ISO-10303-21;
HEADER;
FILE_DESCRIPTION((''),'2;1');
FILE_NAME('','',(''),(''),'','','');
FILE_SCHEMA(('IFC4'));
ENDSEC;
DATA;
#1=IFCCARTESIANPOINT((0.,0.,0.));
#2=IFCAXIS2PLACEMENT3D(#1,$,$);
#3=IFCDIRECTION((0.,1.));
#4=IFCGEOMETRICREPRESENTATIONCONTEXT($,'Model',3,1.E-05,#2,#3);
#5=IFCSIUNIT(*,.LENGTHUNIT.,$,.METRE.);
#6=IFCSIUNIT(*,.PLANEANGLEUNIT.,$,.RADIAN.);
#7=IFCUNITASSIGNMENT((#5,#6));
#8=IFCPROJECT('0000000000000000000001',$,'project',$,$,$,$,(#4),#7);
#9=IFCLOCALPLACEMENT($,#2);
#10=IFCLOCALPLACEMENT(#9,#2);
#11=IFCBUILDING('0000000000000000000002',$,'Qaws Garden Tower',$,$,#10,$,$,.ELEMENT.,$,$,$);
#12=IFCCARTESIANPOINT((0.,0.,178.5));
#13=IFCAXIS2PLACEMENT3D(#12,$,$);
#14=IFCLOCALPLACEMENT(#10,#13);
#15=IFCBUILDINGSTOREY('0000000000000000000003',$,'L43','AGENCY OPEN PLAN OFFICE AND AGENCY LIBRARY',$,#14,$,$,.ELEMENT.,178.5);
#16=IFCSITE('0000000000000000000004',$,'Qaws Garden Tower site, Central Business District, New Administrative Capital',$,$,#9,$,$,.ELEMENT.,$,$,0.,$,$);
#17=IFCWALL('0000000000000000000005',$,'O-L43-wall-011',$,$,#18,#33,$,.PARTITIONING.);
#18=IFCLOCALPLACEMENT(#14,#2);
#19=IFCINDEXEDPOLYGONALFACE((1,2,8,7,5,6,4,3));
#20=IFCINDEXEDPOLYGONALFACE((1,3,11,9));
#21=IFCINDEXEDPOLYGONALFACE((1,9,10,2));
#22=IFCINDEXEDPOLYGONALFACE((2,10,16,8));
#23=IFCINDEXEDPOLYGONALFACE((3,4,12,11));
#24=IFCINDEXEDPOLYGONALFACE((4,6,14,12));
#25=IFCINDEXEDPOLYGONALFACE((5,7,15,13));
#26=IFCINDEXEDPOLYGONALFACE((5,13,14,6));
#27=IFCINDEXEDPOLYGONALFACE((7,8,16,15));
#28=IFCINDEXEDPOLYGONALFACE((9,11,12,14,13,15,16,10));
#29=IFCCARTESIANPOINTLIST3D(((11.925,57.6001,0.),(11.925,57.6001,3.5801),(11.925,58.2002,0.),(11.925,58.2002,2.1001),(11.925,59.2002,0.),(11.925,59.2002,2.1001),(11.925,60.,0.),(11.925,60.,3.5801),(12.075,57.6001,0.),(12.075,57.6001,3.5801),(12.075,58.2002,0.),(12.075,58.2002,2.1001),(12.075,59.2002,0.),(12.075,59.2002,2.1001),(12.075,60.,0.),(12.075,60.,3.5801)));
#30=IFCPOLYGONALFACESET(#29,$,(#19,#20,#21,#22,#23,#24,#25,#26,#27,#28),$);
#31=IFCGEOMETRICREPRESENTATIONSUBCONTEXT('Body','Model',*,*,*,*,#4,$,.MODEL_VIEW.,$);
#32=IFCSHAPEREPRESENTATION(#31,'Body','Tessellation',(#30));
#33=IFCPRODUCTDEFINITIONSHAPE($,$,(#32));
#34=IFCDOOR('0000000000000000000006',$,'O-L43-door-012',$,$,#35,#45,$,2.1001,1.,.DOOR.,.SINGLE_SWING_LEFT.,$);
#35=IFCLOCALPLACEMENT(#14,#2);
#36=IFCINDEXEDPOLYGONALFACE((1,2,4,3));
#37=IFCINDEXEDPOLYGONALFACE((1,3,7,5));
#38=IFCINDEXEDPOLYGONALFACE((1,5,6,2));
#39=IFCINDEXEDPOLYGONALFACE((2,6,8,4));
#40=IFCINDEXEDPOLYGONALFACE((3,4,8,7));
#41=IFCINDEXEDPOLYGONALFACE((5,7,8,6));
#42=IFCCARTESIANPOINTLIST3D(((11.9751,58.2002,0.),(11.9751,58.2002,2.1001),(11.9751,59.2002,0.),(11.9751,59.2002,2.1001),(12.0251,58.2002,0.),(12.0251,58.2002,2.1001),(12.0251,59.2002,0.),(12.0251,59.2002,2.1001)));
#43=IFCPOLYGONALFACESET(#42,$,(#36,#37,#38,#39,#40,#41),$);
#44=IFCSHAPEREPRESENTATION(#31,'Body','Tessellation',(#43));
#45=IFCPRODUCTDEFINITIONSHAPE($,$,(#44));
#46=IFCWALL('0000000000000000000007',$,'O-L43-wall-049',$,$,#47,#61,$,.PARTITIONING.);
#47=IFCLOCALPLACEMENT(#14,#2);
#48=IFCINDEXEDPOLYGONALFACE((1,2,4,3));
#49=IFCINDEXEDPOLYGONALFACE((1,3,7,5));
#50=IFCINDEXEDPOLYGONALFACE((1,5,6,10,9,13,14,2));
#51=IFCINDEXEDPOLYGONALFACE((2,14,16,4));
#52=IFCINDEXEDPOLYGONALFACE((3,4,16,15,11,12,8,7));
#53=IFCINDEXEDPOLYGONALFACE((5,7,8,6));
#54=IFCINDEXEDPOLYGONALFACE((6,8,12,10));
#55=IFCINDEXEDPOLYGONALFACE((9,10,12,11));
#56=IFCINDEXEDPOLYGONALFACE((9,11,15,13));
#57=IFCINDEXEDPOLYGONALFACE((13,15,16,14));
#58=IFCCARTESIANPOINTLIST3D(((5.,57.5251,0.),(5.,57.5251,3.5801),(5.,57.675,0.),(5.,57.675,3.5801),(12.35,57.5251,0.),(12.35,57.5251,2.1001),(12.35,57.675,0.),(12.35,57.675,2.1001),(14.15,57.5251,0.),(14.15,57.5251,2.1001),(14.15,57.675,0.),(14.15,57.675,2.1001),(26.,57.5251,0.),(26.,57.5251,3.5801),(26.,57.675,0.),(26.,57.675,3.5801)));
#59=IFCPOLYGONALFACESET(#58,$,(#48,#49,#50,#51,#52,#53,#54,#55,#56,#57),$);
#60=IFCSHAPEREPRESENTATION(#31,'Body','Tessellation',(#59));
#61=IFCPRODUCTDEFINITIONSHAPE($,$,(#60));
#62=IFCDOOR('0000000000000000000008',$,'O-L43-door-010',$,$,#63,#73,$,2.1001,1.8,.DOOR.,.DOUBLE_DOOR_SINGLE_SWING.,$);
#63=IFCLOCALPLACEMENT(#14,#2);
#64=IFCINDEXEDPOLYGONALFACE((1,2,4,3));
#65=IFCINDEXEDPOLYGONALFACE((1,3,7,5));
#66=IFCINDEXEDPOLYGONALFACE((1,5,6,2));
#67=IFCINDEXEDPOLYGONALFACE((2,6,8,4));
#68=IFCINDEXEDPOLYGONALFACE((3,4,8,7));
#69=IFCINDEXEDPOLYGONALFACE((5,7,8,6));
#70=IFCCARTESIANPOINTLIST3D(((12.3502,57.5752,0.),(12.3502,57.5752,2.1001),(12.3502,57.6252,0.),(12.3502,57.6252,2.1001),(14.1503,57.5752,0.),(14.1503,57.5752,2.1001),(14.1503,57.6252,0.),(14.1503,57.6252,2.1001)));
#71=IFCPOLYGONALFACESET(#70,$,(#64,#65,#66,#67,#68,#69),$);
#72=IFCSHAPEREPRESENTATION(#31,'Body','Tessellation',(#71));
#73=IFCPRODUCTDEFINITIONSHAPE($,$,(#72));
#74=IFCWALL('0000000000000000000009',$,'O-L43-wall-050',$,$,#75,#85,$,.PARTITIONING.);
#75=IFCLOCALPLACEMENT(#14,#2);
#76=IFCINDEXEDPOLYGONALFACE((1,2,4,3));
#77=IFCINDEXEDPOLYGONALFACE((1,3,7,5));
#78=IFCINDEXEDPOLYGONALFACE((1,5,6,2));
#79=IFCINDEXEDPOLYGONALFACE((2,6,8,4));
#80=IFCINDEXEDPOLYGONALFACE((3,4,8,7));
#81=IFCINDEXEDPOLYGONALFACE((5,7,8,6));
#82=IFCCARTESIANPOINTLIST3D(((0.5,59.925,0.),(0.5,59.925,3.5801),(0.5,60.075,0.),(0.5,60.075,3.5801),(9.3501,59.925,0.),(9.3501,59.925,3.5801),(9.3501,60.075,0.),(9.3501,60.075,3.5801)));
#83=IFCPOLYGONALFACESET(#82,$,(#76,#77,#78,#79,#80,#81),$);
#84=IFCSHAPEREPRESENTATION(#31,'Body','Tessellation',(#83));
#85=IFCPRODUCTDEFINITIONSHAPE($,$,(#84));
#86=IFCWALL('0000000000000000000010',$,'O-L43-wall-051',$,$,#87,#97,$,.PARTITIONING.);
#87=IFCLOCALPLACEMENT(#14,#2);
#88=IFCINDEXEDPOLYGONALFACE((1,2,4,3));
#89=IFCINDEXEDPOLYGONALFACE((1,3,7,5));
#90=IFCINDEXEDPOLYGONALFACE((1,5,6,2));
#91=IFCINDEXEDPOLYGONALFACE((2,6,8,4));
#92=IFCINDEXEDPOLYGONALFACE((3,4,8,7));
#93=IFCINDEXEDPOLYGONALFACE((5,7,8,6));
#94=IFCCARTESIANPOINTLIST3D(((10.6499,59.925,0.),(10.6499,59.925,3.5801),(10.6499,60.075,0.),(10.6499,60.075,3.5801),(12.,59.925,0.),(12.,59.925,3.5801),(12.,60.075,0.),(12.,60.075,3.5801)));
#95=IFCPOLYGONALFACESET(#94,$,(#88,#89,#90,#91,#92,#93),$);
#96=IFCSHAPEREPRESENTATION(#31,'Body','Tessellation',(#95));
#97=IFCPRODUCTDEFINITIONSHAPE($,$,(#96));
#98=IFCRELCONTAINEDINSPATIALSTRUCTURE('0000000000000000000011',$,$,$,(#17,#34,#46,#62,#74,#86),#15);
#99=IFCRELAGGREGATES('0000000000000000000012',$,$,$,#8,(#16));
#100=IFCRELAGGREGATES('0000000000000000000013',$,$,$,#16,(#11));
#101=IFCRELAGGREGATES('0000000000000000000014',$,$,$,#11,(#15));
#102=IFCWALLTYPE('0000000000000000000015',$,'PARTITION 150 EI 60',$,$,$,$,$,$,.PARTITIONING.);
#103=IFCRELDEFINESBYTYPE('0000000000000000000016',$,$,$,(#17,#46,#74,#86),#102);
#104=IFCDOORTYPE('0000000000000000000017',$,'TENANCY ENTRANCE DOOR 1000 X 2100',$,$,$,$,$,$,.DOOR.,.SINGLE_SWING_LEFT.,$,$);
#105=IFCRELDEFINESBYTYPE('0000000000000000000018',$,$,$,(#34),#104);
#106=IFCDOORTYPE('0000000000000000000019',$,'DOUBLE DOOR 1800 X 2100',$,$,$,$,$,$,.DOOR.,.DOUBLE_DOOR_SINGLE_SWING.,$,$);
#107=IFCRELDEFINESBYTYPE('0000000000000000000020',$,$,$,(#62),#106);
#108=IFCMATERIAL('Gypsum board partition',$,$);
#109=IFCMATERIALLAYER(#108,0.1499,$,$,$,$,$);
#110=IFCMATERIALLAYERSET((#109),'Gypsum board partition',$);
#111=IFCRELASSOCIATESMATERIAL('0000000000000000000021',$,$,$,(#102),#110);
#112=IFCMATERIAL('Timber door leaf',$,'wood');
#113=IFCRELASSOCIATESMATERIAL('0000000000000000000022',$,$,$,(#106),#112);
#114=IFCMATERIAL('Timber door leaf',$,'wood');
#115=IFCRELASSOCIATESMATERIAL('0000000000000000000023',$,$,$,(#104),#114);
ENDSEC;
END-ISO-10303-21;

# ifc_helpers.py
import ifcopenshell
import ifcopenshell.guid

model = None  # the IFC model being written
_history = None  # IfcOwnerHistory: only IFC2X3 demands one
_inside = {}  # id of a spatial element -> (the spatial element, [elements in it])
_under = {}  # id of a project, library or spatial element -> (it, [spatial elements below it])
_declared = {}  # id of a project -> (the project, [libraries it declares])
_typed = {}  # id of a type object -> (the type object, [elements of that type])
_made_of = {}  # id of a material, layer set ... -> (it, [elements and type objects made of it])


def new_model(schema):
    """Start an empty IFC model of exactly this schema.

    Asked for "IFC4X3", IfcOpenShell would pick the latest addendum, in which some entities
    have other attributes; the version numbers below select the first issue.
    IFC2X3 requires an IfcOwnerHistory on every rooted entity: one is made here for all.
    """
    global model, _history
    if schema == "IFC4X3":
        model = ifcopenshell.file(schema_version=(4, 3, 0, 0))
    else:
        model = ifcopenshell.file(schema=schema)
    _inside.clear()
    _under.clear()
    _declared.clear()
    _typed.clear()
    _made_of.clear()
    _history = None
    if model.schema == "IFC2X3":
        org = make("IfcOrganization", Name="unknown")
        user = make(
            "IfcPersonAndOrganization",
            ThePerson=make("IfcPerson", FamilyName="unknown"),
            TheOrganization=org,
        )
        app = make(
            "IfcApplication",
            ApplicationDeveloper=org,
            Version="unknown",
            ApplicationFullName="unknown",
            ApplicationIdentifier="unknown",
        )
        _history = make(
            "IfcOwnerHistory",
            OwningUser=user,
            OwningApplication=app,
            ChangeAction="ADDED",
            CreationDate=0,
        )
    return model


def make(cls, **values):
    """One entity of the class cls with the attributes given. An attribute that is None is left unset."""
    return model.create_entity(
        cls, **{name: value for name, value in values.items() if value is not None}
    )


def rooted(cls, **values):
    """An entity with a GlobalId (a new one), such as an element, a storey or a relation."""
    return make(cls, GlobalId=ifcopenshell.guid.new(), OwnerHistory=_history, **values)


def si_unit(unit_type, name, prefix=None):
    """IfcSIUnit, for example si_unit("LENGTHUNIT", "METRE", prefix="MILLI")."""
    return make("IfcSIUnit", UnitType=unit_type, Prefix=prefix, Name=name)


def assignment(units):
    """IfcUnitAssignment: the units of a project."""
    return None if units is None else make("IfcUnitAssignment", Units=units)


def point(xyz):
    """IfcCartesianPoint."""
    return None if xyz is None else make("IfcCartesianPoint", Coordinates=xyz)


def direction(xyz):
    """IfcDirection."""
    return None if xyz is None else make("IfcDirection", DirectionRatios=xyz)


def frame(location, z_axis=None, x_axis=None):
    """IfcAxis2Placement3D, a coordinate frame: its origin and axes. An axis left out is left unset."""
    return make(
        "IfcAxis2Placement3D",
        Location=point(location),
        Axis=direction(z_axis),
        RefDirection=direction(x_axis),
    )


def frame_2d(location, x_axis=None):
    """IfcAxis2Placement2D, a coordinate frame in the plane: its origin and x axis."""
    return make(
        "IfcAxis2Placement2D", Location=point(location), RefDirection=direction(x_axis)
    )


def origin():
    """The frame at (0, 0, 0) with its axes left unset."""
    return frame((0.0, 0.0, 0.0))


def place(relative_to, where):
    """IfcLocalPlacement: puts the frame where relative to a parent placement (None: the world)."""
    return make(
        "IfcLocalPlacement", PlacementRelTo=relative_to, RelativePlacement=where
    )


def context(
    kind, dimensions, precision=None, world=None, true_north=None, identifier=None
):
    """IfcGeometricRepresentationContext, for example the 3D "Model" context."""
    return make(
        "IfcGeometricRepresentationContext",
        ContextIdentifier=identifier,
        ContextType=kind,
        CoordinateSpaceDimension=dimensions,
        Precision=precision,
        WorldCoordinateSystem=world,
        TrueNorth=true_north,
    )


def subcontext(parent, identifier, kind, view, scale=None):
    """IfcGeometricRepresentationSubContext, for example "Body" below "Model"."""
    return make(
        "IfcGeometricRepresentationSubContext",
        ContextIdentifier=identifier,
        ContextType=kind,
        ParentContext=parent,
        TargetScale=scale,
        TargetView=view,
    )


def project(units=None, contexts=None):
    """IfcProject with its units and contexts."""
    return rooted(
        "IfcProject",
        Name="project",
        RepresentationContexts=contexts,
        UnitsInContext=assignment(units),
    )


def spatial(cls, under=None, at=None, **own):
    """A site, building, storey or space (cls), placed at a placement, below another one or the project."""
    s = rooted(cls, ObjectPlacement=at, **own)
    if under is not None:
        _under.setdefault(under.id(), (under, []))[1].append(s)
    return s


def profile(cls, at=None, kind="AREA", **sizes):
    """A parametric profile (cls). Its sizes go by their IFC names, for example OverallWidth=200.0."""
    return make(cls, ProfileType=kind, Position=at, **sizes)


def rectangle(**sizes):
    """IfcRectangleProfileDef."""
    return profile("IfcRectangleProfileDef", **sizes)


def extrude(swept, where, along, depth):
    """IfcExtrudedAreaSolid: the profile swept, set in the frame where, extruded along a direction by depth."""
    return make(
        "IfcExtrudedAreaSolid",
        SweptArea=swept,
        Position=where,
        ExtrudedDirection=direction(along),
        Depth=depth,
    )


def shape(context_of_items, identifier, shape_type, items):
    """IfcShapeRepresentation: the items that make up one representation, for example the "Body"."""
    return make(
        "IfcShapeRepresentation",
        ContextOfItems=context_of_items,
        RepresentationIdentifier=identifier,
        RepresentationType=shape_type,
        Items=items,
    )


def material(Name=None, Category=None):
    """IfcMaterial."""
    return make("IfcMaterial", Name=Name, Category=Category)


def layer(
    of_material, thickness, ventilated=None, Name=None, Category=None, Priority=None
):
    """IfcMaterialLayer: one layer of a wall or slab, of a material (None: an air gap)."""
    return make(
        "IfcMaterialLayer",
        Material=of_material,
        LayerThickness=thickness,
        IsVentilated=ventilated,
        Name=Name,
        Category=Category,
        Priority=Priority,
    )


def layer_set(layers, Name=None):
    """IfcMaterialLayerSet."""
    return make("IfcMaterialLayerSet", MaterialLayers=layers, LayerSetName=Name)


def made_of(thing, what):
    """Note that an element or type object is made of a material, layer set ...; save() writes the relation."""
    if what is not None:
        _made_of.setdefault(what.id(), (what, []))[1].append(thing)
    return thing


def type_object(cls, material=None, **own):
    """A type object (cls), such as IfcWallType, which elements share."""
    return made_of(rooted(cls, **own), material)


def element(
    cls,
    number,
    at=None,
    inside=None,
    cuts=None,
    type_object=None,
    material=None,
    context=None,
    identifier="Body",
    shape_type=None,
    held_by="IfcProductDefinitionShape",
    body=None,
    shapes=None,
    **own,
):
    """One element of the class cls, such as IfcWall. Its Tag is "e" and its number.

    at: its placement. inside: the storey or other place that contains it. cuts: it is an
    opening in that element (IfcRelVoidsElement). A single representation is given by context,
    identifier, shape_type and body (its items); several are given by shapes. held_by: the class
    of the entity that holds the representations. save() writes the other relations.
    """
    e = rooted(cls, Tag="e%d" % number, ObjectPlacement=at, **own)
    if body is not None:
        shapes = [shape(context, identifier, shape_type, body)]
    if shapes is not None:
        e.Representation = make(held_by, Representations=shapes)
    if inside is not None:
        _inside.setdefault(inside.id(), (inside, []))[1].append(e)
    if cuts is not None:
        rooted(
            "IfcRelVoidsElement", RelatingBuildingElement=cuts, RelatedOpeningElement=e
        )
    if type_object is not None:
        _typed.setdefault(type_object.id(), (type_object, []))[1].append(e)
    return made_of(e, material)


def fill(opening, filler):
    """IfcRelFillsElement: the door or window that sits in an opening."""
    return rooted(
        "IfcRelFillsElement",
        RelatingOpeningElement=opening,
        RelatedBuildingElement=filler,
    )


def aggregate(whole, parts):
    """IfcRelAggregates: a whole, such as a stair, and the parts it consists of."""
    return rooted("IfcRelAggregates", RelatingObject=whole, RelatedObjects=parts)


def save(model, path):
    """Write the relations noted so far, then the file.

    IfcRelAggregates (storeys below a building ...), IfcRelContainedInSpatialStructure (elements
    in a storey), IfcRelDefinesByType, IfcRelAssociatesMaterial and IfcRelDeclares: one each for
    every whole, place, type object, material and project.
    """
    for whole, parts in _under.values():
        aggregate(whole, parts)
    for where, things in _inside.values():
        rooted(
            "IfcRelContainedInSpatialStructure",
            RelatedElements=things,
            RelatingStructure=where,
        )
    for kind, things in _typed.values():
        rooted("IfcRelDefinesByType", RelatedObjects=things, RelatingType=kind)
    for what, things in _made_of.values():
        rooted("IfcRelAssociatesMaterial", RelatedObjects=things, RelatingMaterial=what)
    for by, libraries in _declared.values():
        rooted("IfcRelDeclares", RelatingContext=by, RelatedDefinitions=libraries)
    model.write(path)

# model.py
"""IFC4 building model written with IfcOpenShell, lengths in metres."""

from ifc_helpers import new_model, si_unit, direction, frame, frame_2d, origin, place, context, subcontext, project, spatial, rectangle, extrude, material, layer, layer_set, type_object, element, fill, save


model = new_model("IFC4")

# Units and contexts
model_context = context("Model", 3, precision=1e-05, world=origin(), true_north=direction((0.0, 1.0)))
body_context = subcontext(model_context, "Body", "Model", "MODEL_VIEW")
ifc_project = project(units=[si_unit("LENGTHUNIT", "METRE"), si_unit("PLANEANGLEUNIT", "RADIAN")], contexts=[model_context])

# Site, building, storey
site_placement = place(None, origin())
site = spatial("IfcSite", under=ifc_project, at=site_placement, Name="Qaws Garden Tower site, Central Business District, New Administrative Capital", CompositionType="ELEMENT", RefElevation=0.0)
building_placement = place(site_placement, origin())
building = spatial("IfcBuilding", under=site, at=building_placement, Name="Qaws Garden Tower", CompositionType="ELEMENT")
storey_placement = place(building_placement, frame((0.0, 0.0, 178.5)))
storey = spatial("IfcBuildingStorey", under=building, at=storey_placement, Name="L43", Description="AGENCY OPEN PLAN OFFICE AND AGENCY LIBRARY", CompositionType="ELEMENT", Elevation=178.5)

# Walls, openings, doors
ifc_material_1 = material(Name="Gypsum board partition")
ifc_layer_1 = layer(ifc_material_1, 0.1499)
ifc_layer_set_1 = layer_set([ifc_layer_1], Name="Gypsum board partition")
wall_type_1 = type_object("IfcWallType", Name="PARTITION 150 EI 60", PredefinedType="PARTITIONING", material=ifc_layer_set_1)
ifc_material_2 = material(Name="Timber door leaf", Category="wood")
door_type_1 = type_object("IfcDoorType", Name="DOUBLE DOOR 1800 X 2100", OperationType="DOUBLE_DOOR_SINGLE_SWING", PredefinedType="DOOR", material=ifc_material_2)
wall_1_placement = place(storey_placement, frame((12.0, 57.6001, 0.0), z_axis=(0.0, 0.0, 1.0), x_axis=(0.0, 1.0, 0.0)))
wall_1 = element("IfcWall", 1, at=wall_1_placement, inside=storey, type_object=wall_type_1, Name="O-L43-wall-011", PredefinedType="PARTITIONING", context=body_context, shape_type="SweptSolid", body=[
    extrude(rectangle(XDim=2.3999, YDim=0.1499, at=frame_2d((1.2, 0.0))), origin(), (0.0, 0.0, 1.0), 3.5801),
])
opening_1_placement = place(wall_1_placement, frame((0.6001, 0.0, 0.0)))
opening_1 = element("IfcOpeningElement", 2, at=opening_1_placement, cuts=wall_1, PredefinedType="OPENING", context=body_context, shape_type="SweptSolid", body=[
    extrude(rectangle(XDim=1.0, YDim=2.1001, at=frame_2d((0.5, 1.05))), frame((0.0, 0.085, 0.0), z_axis=(0.0, -1.0, 0.0), x_axis=(1.0, 0.0, 0.0)), (0.0, 0.0, 1.0), 0.1699),
])
ifc_material_3 = material(Name="Timber door leaf", Category="wood")
door_type_2 = type_object("IfcDoorType", Name="TENANCY ENTRANCE DOOR 1000 X 2100", OperationType="SINGLE_SWING_LEFT", PredefinedType="DOOR", material=ifc_material_3)
door_1_placement = place(opening_1_placement, origin())
door_1 = element("IfcDoor", 3, at=door_1_placement, inside=storey, type_object=door_type_2, Name="O-L43-door-012", OperationType="SINGLE_SWING_LEFT", OverallHeight=2.1001, OverallWidth=1.0, PredefinedType="DOOR", context=body_context, shape_type="SweptSolid", body=[
    extrude(rectangle(XDim=1.0, YDim=2.1001, at=frame_2d((0.5, 1.05))), frame((0.0, 0.0249, 0.0), z_axis=(0.0, -1.0, 0.0), x_axis=(1.0, 0.0, 0.0)), (0.0, 0.0, 1.0), 0.05),
])
fill(opening_1, door_1)
wall_2_placement = place(storey_placement, frame((5.0, 57.6001, 0.0), z_axis=(0.0, 0.0, 1.0), x_axis=(1.0, 0.0, 0.0)))
wall_2 = element("IfcWall", 4, at=wall_2_placement, inside=storey, type_object=wall_type_1, Name="O-L43-wall-049", PredefinedType="PARTITIONING", context=body_context, shape_type="SweptSolid", body=[
    extrude(rectangle(XDim=21.0, YDim=0.1499, at=frame_2d((10.5, 0.0))), origin(), (0.0, 0.0, 1.0), 3.5801),
])
opening_2_placement = place(wall_2_placement, frame((7.3501, 0.0, 0.0)))
opening_2 = element("IfcOpeningElement", 5, at=opening_2_placement, cuts=wall_2, PredefinedType="OPENING", context=body_context, shape_type="SweptSolid", body=[
    extrude(rectangle(XDim=1.8, YDim=2.1001, at=frame_2d((0.8999, 1.05))), frame((0.0, 0.085, 0.0), z_axis=(0.0, -1.0, 0.0), x_axis=(1.0, 0.0, 0.0)), (0.0, 0.0, 1.0), 0.1699),
])
door_2_placement = place(opening_2_placement, frame((1.8, 0.0, 0.0), z_axis=(0.0, 0.0, 1.0), x_axis=(-1.0, 0.0, 0.0)))
door_2 = element("IfcDoor", 6, at=door_2_placement, inside=storey, type_object=door_type_1, Name="O-L43-door-010", OperationType="DOUBLE_DOOR_SINGLE_SWING", OverallHeight=2.1001, OverallWidth=1.8, PredefinedType="DOOR", context=body_context, shape_type="SweptSolid", body=[
    extrude(rectangle(XDim=1.8, YDim=2.1001, at=frame_2d((0.8999, 1.05))), frame((0.0, 0.0249, 0.0), z_axis=(0.0, -1.0, 0.0), x_axis=(1.0, 0.0, 0.0)), (0.0, 0.0, 1.0), 0.05),
])
fill(opening_2, door_2)

# Walls
wall_3_placement = place(storey_placement, frame((0.5, 60.0, 0.0), z_axis=(0.0, 0.0, 1.0), x_axis=(1.0, 0.0, 0.0)))
element("IfcWall", 7, at=wall_3_placement, inside=storey, type_object=wall_type_1, Name="O-L43-wall-050", PredefinedType="PARTITIONING", context=body_context, shape_type="SweptSolid", body=[
    extrude(rectangle(XDim=8.8501, YDim=0.1499, at=frame_2d((4.425, 0.0))), origin(), (0.0, 0.0, 1.0), 3.5801),
])
wall_4_placement = place(storey_placement, frame((10.6499, 60.0, 0.0), z_axis=(0.0, 0.0, 1.0), x_axis=(1.0, 0.0, 0.0)))
element("IfcWall", 8, at=wall_4_placement, inside=storey, type_object=wall_type_1, Name="O-L43-wall-051", PredefinedType="PARTITIONING", context=body_context, shape_type="SweptSolid", body=[
    extrude(rectangle(XDim=1.3501, YDim=0.1499, at=frame_2d((0.675, 0.0))), origin(), (0.0, 0.0, 1.0), 3.5801),
])

save(model, "model.ifc")
